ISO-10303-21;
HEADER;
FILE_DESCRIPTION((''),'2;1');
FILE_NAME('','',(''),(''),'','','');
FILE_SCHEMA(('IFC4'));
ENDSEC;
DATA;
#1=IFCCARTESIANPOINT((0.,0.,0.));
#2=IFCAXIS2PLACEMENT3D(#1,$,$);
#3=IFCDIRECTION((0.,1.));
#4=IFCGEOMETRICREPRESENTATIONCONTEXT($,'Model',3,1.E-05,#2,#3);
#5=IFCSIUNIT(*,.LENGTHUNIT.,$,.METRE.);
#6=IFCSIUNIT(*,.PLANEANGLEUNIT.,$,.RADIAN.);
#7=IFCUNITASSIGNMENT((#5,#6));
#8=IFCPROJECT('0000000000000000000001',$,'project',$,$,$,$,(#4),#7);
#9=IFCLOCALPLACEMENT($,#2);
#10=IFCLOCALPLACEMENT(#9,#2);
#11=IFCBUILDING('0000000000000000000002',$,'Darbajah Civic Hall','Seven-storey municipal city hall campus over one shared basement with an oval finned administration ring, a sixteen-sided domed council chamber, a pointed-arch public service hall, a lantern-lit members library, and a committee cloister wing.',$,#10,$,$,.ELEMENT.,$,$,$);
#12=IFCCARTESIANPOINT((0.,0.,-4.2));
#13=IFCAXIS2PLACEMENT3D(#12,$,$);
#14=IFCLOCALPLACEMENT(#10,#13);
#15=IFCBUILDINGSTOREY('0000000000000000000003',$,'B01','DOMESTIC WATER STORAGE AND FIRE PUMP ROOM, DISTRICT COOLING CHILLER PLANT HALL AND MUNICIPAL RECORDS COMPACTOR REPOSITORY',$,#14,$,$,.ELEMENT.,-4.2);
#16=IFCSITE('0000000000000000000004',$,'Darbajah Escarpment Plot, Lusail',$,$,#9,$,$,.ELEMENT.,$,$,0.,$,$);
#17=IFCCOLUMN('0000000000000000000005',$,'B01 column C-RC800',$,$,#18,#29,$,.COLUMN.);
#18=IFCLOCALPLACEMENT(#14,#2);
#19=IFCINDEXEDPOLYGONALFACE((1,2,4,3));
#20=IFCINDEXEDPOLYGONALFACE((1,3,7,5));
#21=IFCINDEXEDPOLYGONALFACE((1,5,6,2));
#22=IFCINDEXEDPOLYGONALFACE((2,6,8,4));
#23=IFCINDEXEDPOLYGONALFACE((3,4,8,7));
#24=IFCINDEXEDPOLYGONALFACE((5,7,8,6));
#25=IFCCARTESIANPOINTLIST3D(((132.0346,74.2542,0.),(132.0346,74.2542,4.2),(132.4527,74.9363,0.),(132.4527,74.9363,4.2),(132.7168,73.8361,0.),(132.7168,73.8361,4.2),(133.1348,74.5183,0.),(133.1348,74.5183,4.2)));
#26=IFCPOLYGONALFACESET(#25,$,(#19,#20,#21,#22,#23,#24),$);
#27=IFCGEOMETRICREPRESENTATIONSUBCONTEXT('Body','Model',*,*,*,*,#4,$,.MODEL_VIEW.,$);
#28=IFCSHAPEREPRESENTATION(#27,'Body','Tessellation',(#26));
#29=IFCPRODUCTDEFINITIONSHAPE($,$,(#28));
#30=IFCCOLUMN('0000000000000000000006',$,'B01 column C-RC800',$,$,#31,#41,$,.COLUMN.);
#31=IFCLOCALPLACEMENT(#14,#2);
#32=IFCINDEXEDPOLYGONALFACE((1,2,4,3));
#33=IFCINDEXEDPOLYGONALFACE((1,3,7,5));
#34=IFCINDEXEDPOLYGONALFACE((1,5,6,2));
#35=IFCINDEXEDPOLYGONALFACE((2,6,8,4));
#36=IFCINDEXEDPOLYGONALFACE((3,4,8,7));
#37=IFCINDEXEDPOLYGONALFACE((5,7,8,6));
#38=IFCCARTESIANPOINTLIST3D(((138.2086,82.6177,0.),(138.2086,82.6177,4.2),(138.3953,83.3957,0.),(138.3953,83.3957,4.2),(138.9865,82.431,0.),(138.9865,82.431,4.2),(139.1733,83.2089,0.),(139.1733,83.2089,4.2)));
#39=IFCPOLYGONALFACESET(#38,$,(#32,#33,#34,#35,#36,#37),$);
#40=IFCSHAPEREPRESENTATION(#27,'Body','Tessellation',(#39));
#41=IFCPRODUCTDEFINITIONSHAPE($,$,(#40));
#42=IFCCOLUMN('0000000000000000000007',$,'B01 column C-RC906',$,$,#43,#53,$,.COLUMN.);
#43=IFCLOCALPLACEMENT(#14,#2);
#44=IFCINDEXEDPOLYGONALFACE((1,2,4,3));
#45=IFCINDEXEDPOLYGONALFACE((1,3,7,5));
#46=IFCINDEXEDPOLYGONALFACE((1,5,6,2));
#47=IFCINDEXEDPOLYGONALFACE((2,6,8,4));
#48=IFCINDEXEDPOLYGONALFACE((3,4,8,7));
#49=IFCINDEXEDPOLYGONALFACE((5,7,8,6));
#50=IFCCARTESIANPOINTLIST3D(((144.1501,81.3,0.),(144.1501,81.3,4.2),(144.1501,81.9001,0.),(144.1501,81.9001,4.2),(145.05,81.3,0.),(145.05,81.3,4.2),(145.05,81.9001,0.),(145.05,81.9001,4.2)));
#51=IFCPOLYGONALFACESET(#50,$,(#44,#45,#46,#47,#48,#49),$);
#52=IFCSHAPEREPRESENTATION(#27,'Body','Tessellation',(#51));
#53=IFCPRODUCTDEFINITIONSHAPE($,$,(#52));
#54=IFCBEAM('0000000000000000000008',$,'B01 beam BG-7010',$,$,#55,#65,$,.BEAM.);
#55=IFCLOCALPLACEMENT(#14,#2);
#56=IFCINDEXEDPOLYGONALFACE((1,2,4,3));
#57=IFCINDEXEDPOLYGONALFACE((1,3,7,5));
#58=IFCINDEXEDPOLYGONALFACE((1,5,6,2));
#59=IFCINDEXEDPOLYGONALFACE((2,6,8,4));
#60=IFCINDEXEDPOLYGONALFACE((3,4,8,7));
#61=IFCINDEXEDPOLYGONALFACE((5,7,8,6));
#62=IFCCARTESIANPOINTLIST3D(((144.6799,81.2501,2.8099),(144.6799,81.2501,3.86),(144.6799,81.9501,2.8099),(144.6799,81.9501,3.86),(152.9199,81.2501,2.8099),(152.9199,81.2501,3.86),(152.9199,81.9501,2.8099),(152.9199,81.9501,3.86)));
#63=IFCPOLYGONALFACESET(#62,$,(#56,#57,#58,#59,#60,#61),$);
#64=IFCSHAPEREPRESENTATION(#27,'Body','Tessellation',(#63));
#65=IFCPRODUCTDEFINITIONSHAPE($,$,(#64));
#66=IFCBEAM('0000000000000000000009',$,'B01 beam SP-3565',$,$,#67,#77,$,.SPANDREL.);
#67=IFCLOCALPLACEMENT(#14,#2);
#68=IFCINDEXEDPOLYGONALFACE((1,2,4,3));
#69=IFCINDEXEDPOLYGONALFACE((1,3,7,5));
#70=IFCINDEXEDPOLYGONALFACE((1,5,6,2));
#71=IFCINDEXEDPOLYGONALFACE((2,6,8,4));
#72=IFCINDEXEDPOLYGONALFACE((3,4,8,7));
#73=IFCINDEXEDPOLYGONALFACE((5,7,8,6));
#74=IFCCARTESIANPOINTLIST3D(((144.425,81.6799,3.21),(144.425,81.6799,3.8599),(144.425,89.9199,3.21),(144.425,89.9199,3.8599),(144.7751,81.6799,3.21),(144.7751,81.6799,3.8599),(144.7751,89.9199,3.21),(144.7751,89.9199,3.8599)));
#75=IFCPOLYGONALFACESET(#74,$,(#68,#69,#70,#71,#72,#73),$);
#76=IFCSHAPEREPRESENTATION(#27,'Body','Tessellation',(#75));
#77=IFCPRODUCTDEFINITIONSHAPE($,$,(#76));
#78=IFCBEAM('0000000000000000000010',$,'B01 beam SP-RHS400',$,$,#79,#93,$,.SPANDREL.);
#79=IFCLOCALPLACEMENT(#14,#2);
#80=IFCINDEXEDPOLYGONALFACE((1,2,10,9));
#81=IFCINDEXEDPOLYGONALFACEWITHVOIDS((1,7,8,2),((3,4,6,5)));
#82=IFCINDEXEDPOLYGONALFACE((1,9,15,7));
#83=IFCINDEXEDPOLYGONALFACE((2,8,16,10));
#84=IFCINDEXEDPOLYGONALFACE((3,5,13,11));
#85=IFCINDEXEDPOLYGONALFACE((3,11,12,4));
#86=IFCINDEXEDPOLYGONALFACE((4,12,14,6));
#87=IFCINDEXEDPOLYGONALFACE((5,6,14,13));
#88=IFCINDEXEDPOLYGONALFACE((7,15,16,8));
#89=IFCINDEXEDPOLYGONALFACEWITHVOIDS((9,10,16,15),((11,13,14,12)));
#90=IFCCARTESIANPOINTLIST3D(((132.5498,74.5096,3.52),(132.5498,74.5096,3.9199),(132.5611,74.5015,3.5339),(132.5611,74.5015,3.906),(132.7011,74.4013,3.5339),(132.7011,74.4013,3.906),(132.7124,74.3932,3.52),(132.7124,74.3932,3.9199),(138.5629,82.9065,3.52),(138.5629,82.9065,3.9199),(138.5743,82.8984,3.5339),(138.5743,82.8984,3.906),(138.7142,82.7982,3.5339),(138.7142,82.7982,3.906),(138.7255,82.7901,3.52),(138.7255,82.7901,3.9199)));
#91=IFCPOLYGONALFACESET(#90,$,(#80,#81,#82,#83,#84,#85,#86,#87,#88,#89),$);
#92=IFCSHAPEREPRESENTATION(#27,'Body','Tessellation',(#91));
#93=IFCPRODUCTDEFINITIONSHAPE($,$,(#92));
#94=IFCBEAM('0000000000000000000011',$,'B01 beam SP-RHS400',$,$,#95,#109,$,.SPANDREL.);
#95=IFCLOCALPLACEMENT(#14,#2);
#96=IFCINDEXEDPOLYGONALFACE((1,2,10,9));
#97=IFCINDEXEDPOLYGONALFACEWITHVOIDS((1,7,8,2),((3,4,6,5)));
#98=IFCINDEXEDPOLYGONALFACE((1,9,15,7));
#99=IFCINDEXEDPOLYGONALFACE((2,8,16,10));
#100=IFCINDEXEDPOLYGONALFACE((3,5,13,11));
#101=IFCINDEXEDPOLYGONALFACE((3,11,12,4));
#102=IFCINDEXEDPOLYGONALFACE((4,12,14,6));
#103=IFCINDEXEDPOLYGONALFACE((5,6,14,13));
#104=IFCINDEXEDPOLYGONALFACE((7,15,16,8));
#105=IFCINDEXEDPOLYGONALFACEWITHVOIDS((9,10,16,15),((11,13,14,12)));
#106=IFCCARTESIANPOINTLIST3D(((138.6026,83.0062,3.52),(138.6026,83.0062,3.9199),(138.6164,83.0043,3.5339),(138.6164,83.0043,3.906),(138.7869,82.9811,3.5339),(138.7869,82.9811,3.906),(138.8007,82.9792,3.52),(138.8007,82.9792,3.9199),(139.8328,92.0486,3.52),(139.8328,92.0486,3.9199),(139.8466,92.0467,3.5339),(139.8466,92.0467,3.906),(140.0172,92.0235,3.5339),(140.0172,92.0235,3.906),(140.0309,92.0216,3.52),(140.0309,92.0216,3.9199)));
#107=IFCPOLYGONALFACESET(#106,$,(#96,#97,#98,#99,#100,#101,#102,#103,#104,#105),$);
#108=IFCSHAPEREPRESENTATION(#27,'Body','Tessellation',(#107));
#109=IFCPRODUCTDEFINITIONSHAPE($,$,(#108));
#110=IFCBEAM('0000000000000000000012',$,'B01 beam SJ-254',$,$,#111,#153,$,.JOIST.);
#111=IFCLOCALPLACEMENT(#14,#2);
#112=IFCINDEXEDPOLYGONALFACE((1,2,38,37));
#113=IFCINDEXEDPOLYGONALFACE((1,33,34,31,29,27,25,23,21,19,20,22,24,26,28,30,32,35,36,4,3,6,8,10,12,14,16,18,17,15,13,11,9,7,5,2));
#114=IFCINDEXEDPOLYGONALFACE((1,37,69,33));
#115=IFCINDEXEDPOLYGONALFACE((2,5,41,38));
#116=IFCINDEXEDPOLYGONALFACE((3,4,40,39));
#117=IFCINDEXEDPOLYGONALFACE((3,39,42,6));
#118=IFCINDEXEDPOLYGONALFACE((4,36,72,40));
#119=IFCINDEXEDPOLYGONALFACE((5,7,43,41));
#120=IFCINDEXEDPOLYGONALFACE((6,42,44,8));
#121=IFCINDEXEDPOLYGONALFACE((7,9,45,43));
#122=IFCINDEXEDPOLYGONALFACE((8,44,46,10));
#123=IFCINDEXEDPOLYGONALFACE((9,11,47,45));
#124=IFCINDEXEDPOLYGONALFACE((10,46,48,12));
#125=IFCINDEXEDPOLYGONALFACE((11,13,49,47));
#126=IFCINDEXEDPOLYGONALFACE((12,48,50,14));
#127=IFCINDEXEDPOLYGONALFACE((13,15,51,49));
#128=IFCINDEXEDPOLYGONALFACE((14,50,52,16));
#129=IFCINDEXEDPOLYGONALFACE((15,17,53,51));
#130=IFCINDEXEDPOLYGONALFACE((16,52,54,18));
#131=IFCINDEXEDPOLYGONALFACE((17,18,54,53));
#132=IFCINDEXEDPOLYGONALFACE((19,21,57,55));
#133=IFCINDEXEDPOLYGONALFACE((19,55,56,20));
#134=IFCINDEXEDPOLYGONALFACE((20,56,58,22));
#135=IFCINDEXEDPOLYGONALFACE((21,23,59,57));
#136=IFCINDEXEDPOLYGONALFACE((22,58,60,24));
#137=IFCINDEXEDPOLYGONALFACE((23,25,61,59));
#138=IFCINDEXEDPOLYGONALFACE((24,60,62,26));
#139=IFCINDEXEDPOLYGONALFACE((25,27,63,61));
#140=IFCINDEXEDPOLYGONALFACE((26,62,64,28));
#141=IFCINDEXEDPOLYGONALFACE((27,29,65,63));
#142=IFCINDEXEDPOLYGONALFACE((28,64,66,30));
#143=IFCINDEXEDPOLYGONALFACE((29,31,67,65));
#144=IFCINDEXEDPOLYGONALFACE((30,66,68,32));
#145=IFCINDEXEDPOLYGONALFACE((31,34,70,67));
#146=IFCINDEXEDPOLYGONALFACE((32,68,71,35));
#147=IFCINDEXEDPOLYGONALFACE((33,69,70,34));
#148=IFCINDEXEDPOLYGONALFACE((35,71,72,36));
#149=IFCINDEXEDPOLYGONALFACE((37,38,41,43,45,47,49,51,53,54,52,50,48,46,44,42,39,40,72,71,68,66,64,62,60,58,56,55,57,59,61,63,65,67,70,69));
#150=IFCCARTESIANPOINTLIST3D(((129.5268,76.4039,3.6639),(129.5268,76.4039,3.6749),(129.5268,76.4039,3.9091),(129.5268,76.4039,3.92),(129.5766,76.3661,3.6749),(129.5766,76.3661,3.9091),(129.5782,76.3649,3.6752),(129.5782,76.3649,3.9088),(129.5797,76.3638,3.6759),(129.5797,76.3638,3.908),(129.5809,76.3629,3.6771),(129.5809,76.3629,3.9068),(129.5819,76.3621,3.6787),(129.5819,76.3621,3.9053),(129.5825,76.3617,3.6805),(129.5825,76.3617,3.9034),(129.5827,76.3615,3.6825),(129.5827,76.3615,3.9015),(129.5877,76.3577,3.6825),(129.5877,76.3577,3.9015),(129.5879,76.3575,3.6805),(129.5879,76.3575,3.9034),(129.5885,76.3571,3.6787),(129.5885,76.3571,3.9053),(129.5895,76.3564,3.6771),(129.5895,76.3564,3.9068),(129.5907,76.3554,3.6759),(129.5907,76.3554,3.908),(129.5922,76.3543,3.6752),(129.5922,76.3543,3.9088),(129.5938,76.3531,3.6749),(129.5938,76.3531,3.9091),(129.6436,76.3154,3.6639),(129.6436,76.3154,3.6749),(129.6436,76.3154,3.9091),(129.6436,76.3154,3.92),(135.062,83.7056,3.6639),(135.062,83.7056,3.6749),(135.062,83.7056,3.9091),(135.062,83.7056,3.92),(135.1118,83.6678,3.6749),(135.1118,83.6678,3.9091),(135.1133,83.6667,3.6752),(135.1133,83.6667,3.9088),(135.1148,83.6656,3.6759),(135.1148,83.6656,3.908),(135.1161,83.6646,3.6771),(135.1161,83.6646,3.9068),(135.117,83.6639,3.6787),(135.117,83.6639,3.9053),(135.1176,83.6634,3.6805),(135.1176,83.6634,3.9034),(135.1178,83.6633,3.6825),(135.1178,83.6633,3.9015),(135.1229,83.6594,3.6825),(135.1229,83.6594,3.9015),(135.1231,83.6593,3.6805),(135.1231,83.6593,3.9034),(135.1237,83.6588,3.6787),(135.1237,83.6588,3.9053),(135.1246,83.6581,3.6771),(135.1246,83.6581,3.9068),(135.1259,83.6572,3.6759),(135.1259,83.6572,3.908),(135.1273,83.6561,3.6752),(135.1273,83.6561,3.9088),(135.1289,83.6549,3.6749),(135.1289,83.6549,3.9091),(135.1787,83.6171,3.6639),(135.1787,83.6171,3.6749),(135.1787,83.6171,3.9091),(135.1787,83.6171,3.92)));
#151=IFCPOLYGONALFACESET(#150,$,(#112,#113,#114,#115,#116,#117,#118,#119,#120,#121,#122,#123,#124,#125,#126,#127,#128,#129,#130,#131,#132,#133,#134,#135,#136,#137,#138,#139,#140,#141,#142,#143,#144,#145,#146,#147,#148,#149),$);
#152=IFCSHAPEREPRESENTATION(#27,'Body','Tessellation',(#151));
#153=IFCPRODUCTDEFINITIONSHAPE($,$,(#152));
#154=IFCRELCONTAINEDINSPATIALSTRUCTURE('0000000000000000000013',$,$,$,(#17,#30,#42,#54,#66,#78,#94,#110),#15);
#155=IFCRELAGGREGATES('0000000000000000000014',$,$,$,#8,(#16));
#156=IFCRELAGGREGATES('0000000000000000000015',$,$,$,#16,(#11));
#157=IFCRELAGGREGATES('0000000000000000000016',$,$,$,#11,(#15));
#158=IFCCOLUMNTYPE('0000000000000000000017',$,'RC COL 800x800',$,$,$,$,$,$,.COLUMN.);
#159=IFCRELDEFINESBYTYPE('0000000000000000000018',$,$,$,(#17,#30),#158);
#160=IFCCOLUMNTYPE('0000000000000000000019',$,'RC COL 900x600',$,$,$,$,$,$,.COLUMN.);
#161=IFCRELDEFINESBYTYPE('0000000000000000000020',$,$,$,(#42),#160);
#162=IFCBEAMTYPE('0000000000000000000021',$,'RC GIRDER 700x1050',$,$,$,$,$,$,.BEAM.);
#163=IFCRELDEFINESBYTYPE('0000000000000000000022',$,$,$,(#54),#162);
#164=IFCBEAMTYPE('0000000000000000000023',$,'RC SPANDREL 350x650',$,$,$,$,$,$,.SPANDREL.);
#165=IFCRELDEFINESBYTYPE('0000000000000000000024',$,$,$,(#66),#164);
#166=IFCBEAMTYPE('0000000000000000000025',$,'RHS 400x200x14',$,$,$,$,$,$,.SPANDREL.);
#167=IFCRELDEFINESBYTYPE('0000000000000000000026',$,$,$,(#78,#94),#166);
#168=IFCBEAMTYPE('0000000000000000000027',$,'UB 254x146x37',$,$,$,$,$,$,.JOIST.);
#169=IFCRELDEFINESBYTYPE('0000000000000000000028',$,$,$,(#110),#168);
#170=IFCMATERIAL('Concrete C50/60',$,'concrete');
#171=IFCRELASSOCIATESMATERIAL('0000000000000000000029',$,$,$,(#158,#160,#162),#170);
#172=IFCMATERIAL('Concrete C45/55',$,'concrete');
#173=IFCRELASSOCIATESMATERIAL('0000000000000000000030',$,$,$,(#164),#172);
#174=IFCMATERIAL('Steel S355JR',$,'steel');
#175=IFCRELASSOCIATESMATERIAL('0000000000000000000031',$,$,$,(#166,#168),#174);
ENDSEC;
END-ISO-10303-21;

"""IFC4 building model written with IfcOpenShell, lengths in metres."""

from ifc_helpers import new_model, si_unit, direction, frame, origin, origin_2d, place, context, subcontext, project, spatial, rectangle, hollow_rectangle, i_section, extrude, material, material_profile, profile_set, type_object, element, save


model = new_model("IFC4")

# Units and contexts
model_context = context("Model", 3, precision=1e-05, world=origin(), true_north=direction((0.0, 1.0)))
body_context = subcontext(model_context, "Body", "Model", "MODEL_VIEW")
ifc_project = project(units=[si_unit("LENGTHUNIT", "METRE"), si_unit("PLANEANGLEUNIT", "RADIAN")], contexts=[model_context])

# Site, building, storey
site_placement = place(None, origin())
site = spatial("IfcSite", under=ifc_project, at=site_placement, Name="Darbajah Escarpment Plot, Lusail", CompositionType="ELEMENT", RefElevation=0.0)
building_placement = place(site_placement, origin())
building = spatial("IfcBuilding", under=site, at=building_placement, Name="Darbajah Civic Hall", Description="Seven-storey municipal city hall campus over one shared basement with an oval finned administration ring, a sixteen-sided domed council chamber, a pointed-arch public service hall, a lantern-lit members library, and a committee cloister wing.", CompositionType="ELEMENT")
storey_placement = place(building_placement, frame((0.0, 0.0, -4.2)))
storey = spatial("IfcBuildingStorey", under=building, at=storey_placement, Name="B01", Description="DOMESTIC WATER STORAGE AND FIRE PUMP ROOM, DISTRICT COOLING CHILLER PLANT HALL AND MUNICIPAL RECORDS COMPACTOR REPOSITORY", CompositionType="ELEMENT", Elevation=-4.2)

# Shared definitions
ifc_material_1 = material(Name="Concrete C45/55", Category="concrete")

# Columns
ifc_material_2 = material(Name="Concrete C50/60", Category="concrete")
ifc_material_profile_1 = material_profile(ifc_material_2, rectangle(XDim=0.8, YDim=0.8, at=origin_2d()), Name="RC COL 800x800")
ifc_profile_set_1 = profile_set([ifc_material_profile_1], Name="Concrete C50/60")
column_type_1 = type_object("IfcColumnType", Name="RC COL 800x800", PredefinedType="COLUMN", material=ifc_profile_set_1)
for number, where, z_axis, x_axis, name in (
    (1, (132.5847, 74.3862, 0.0), (0.0, 0.0, 1.0), (0.85264, -0.522499, 0.0), "B01 column C-RC800"),
    (2, (138.6909, 82.9133, 0.0), (0.0, 0.0, 1.0), (0.97237, -0.233445, 0.0), "B01 column C-RC800"),
):
    element("IfcColumn", number, at=place(storey_placement, frame(where, z_axis=z_axis, x_axis=x_axis)), inside=storey, type_object=column_type_1, Name=name, PredefinedType="COLUMN", context=body_context, shape_type="SweptSolid", body=[
        extrude(rectangle(XDim=0.8, YDim=0.8, at=origin_2d()), origin(), (0.0, 0.0, 1.0), 4.2),
    ])
ifc_material_profile_2 = material_profile(ifc_material_2, rectangle(XDim=0.8999, YDim=0.6001, at=origin_2d()), Name="RC COL 900x600")
ifc_profile_set_2 = profile_set([ifc_material_profile_2], Name="Concrete C50/60")
column_type_2 = type_object("IfcColumnType", Name="RC COL 900x600", PredefinedType="COLUMN", material=ifc_profile_set_2)
column_1_placement = place(storey_placement, frame((144.6001, 81.6001, 0.0), z_axis=(0.0, 0.0, 1.0), x_axis=(1.0, 0.0, 0.0)))
element("IfcColumn", 3, at=column_1_placement, inside=storey, type_object=column_type_2, Name="B01 column C-RC906", PredefinedType="COLUMN", context=body_context, shape_type="SweptSolid", body=[
    extrude(rectangle(XDim=0.8999, YDim=0.6001, at=origin_2d()), origin(), (0.0, 0.0, 1.0), 4.2),
])

# Beams
ifc_material_profile_3 = material_profile(ifc_material_2, rectangle(XDim=0.7, YDim=1.05, at=origin_2d()), Name="RC GIRDER 700x1050")
ifc_profile_set_3 = profile_set([ifc_material_profile_3], Name="Concrete C50/60")
beam_type_1 = type_object("IfcBeamType", Name="RC GIRDER 700x1050", PredefinedType="BEAM", material=ifc_profile_set_3)
beam_1_placement = place(storey_placement, frame((144.6799, 81.6001, 3.335), z_axis=(1.0, 0.0, 0.0), x_axis=(0.0, 1.0, 0.0)))
element("IfcBeam", 4, at=beam_1_placement, inside=storey, type_object=beam_type_1, Name="B01 beam BG-7010", PredefinedType="BEAM", context=body_context, shape_type="SweptSolid", body=[
    extrude(rectangle(XDim=0.7, YDim=1.05, at=origin_2d()), origin(), (0.0, 0.0, 1.0), 8.24),
])
ifc_material_profile_4 = material_profile(ifc_material_1, rectangle(XDim=0.3501, YDim=0.6499, at=origin_2d()), Name="RC SPANDREL 350x650")
ifc_profile_set_4 = profile_set([ifc_material_profile_4], Name="Concrete C45/55")
beam_type_2 = type_object("IfcBeamType", Name="RC SPANDREL 350x650", PredefinedType="SPANDREL", material=ifc_profile_set_4)
beam_2_placement = place(storey_placement, frame((144.6001, 81.6799, 3.5349), z_axis=(0.0, 1.0, 0.0), x_axis=(-1.0, 0.0, 0.0)))
element("IfcBeam", 5, at=beam_2_placement, inside=storey, type_object=beam_type_2, Name="B01 beam SP-3565", PredefinedType="SPANDREL", context=body_context, shape_type="SweptSolid", body=[
    extrude(rectangle(XDim=0.3501, YDim=0.6499, at=origin_2d()), origin(), (0.0, 0.0, 1.0), 8.24),
])
ifc_material_3 = material(Name="Steel S355JR", Category="steel")
ifc_material_profile_5 = material_profile(ifc_material_3, hollow_rectangle(XDim=0.2, YDim=0.3999, WallThickness=0.0139, at=origin_2d()), Name="RHS 400x200x14")
ifc_profile_set_5 = profile_set([ifc_material_profile_5], Name="Steel S355JR")
beam_type_3 = type_object("IfcBeamType", Name="RHS 400x200x14", PredefinedType="SPANDREL", material=ifc_profile_set_5)
beam_3_placement = place(storey_placement, frame((132.6311, 74.4514, 3.72), z_axis=(0.582222, 0.81303, 0.0), x_axis=(-0.81303, 0.582222, 0.0)))
element("IfcBeam", 6, at=beam_3_placement, inside=storey, type_object=beam_type_3, Name="B01 beam SP-RHS400", PredefinedType="SPANDREL", context=body_context, shape_type="SweptSolid", body=[
    extrude(hollow_rectangle(XDim=0.2, YDim=0.3999, WallThickness=0.0139, at=origin_2d()), origin(), (0.0, 0.0, 1.0), 10.3279),
])
beam_4_placement = place(storey_placement, frame((138.7017, 82.9927, 3.72), z_axis=(0.134808, 0.990872, 0.0), x_axis=(-0.990872, 0.134808, 0.0)))
element("IfcBeam", 7, at=beam_4_placement, inside=storey, type_object=beam_type_3, Name="B01 beam SP-RHS400", PredefinedType="SPANDREL", context=body_context, shape_type="SweptSolid", body=[
    extrude(hollow_rectangle(XDim=0.2, YDim=0.3999, WallThickness=0.0139, at=origin_2d()), origin(), (0.0, 0.0, 1.0), 9.1257),
])
ifc_material_profile_6 = material_profile(ifc_material_3, i_section(OverallWidth=0.1465, OverallDepth=0.2561, WebThickness=0.0063, FlangeThickness=0.011, FilletRadius=0.0076, at=origin_2d()), Name="UB 254x146x37")
ifc_profile_set_6 = profile_set([ifc_material_profile_6], Name="Steel S355JR")
beam_type_4 = type_object("IfcBeamType", Name="UB 254x146x37", PredefinedType="JOIST", material=ifc_profile_set_6)
beam_5_placement = place(storey_placement, frame((129.5852, 76.3596, 3.792), z_axis=(0.604102, 0.796907, 0.0), x_axis=(-0.796907, 0.604102, 0.0)))
element("IfcBeam", 8, at=beam_5_placement, inside=storey, type_object=beam_type_4, Name="B01 beam SJ-254", PredefinedType="JOIST", context=body_context, shape_type="SweptSolid", body=[
    extrude(i_section(OverallWidth=0.1465, OverallDepth=0.2561, WebThickness=0.0063, FlangeThickness=0.011, FilletRadius=0.0076, at=origin_2d()), origin(), (0.0, 0.0, 1.0), 9.1626),
])

save(model, "model.ifc")
